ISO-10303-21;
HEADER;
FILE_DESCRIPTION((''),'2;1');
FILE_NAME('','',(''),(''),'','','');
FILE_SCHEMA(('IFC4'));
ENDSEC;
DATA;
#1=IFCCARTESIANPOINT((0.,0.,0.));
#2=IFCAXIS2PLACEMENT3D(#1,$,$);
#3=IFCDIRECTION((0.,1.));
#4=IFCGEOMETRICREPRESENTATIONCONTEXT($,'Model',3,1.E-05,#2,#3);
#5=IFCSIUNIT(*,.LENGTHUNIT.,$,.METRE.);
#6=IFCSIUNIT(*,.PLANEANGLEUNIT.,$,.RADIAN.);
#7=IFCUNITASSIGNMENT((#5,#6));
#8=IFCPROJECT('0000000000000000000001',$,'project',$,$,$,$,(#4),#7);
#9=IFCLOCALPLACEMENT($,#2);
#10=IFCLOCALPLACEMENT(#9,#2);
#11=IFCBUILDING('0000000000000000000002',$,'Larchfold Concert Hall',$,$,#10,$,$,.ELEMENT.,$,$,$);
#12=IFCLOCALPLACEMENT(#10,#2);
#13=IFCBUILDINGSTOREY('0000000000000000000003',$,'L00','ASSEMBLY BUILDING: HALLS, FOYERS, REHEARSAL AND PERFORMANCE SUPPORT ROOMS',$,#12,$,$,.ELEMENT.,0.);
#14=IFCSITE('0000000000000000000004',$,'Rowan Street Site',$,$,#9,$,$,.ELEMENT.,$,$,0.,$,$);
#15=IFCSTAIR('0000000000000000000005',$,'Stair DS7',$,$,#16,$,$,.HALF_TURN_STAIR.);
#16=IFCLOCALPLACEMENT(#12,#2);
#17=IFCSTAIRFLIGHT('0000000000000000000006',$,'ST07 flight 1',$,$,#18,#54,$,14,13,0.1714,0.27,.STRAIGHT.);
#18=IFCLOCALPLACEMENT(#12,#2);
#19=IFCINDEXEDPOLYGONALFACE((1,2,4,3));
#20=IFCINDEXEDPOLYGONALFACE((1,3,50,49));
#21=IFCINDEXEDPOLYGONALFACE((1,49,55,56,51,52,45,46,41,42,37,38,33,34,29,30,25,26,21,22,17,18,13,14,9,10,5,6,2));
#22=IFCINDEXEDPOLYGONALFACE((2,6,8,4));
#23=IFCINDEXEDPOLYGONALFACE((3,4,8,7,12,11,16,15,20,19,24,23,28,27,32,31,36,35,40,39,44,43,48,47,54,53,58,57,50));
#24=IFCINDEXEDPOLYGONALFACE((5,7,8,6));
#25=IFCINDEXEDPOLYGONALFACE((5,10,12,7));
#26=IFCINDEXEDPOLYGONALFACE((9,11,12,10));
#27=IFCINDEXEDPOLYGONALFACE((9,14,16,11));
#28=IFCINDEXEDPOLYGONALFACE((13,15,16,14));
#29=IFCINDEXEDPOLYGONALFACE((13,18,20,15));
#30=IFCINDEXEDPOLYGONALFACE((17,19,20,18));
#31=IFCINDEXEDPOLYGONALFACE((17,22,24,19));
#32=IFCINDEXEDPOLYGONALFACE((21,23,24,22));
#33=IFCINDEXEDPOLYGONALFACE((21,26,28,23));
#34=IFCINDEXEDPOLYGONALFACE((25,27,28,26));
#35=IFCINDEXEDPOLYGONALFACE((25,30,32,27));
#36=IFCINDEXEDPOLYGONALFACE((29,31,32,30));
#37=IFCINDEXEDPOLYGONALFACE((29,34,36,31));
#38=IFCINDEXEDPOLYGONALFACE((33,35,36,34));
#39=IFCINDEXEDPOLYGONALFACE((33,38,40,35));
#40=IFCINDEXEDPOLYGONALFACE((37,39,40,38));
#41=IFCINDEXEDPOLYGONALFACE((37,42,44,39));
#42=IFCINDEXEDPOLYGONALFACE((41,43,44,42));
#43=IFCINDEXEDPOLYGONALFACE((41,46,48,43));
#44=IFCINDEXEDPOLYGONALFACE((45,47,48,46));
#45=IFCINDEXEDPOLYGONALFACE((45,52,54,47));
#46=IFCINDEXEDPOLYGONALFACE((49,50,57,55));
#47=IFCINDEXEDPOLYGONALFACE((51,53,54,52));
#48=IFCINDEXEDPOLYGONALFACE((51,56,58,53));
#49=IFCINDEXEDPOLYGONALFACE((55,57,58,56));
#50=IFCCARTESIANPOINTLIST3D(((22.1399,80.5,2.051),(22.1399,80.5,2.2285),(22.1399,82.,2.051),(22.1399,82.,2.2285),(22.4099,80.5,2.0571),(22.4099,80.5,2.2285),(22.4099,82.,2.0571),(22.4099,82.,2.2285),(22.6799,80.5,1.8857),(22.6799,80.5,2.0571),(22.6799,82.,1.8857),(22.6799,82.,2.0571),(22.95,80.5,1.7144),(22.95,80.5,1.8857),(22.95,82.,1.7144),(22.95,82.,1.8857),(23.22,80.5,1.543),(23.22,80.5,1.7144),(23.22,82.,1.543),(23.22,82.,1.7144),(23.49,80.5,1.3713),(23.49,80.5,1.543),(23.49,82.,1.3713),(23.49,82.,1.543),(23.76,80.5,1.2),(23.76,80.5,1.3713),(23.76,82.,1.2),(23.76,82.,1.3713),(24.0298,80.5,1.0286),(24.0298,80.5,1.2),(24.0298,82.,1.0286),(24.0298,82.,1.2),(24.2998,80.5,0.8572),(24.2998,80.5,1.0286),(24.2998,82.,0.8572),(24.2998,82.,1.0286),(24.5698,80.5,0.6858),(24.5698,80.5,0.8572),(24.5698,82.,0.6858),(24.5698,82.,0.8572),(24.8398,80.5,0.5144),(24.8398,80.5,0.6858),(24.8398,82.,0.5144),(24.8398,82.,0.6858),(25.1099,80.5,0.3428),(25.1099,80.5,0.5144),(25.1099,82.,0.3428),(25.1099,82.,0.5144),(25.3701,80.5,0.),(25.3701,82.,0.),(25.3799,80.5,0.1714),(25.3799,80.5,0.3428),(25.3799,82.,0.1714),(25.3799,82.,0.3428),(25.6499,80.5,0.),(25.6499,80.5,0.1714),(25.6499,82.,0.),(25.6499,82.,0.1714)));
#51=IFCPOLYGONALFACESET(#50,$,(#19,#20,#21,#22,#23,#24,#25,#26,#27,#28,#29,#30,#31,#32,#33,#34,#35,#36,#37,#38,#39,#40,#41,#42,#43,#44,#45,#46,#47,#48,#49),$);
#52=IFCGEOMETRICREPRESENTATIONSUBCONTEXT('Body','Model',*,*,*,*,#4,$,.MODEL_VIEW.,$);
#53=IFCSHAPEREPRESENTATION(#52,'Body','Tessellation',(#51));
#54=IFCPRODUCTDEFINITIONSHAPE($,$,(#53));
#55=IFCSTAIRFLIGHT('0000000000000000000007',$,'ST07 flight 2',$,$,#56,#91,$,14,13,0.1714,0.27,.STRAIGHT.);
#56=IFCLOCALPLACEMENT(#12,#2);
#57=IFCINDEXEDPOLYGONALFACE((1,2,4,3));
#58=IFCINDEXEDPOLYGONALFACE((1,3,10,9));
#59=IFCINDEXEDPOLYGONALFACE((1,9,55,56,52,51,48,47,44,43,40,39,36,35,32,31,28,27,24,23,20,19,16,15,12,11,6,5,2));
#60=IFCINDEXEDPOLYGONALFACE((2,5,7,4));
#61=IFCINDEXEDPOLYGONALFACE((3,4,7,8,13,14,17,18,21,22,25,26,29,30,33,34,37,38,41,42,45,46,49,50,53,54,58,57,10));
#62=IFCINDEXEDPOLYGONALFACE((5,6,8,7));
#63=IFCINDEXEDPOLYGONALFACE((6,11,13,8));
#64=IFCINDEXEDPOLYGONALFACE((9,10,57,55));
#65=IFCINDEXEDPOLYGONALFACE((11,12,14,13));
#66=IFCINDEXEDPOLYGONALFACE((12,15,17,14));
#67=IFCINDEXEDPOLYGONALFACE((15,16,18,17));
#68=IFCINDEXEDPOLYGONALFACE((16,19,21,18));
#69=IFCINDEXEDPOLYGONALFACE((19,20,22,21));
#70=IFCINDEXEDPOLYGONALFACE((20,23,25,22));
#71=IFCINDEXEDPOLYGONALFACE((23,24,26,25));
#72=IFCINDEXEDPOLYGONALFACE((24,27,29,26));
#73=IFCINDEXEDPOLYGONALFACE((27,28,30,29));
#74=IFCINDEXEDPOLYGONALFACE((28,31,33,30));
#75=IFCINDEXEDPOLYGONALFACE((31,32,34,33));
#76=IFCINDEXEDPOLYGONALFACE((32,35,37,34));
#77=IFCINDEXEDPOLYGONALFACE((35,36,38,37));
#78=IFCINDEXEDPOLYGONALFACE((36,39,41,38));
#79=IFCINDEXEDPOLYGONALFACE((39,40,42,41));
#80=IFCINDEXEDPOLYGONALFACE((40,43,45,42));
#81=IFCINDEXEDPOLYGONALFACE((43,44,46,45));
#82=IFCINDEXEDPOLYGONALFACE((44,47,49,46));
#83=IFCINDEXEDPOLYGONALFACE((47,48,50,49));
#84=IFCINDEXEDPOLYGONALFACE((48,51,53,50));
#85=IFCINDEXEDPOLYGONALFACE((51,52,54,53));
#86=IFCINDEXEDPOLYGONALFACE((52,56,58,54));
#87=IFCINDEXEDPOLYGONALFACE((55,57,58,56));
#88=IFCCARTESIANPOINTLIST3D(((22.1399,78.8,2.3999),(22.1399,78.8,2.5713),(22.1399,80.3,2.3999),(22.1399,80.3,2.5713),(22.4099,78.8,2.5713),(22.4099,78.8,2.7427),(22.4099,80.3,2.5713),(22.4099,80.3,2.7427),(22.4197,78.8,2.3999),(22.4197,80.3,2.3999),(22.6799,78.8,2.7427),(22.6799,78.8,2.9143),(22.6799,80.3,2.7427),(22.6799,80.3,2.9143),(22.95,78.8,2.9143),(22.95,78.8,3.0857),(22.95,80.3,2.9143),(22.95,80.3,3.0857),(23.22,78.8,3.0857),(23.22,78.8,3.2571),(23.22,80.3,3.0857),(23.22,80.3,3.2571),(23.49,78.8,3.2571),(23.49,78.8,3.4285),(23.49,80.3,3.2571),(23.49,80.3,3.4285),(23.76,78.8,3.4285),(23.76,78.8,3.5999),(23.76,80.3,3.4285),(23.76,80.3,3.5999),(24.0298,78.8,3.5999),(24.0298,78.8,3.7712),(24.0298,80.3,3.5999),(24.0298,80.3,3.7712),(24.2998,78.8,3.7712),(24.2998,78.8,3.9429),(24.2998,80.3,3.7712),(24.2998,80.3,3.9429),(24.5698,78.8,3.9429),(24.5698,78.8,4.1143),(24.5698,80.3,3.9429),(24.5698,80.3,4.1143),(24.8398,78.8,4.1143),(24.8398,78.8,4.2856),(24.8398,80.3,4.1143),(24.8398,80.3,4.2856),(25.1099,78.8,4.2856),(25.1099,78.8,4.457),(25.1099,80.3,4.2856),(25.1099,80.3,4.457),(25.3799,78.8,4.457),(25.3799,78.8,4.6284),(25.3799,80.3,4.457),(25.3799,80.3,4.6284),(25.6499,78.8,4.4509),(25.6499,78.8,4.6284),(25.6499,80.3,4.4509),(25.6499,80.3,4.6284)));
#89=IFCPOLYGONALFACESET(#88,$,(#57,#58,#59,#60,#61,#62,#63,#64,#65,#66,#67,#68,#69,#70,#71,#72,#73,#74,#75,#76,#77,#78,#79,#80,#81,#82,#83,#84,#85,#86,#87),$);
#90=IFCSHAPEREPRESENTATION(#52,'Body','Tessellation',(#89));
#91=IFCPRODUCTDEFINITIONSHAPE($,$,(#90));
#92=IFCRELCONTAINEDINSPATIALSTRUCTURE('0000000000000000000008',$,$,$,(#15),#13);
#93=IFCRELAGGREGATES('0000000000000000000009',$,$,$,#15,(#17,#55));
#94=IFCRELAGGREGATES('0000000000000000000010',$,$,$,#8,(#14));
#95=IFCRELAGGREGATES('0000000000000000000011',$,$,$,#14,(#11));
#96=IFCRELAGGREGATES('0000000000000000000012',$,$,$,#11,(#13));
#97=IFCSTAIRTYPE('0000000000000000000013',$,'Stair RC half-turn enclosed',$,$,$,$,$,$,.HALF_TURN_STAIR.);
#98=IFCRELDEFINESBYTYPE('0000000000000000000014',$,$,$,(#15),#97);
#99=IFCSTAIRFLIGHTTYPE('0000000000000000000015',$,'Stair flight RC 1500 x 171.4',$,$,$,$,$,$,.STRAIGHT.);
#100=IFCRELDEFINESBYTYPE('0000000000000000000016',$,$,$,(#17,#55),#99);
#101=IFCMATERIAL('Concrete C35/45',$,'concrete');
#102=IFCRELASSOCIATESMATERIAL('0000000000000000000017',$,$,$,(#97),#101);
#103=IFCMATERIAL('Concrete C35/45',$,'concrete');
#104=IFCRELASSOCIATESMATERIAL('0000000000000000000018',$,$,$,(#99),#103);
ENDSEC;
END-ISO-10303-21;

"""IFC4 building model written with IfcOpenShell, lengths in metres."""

from ifc_helpers import new_model, si_unit, direction, frame, origin, place, context, subcontext, project, spatial, polyline, outline, extrude, material, type_object, element, aggregate, save


model = new_model("IFC4")

# Units and contexts
model_context = context("Model", 3, precision=1e-05, world=origin(), true_north=direction((0.0, 1.0)))
body_context = subcontext(model_context, "Body", "Model", "MODEL_VIEW")
ifc_project = project(units=[si_unit("LENGTHUNIT", "METRE"), si_unit("PLANEANGLEUNIT", "RADIAN")], contexts=[model_context])

# Site, building, storey
site_placement = place(None, origin())
site = spatial("IfcSite", under=ifc_project, at=site_placement, Name="Rowan Street Site", CompositionType="ELEMENT", RefElevation=0.0)
building_placement = place(site_placement, origin())
building = spatial("IfcBuilding", under=site, at=building_placement, Name="Larchfold Concert Hall", CompositionType="ELEMENT")
storey_placement = place(building_placement, origin())
storey = spatial("IfcBuildingStorey", under=building, at=storey_placement, Name="L00", Description="ASSEMBLY BUILDING: HALLS, FOYERS, REHEARSAL AND PERFORMANCE SUPPORT ROOMS", CompositionType="ELEMENT", Elevation=0.0)

# Shared definitions
ifc_material_1 = material(Name="Concrete C35/45", Category="concrete")
stair_type = type_object("IfcStairType", Name="Stair RC half-turn enclosed", PredefinedType="HALF_TURN_STAIR", material=ifc_material_1)

# Stair, stair flights
stair_1_placement = place(storey_placement, origin())
stair_1 = element("IfcStair", 1, at=stair_1_placement, inside=storey, type_object=stair_type, Name="Stair DS7", PredefinedType="HALF_TURN_STAIR")
ifc_material_2 = material(Name="Concrete C35/45", Category="concrete")
stair_flight_type_1 = type_object("IfcStairFlightType", Name="Stair flight RC 1500 x 171.4", PredefinedType="STRAIGHT", material=ifc_material_2)
stair_flight_1_placement = place(storey_placement, frame((25.6499, 81.25, 0.0), z_axis=(0.0, 0.0, 1.0), x_axis=(-1.0, 0.0, 0.0)))
stair_flight_1 = element("IfcStairFlight", 2, at=stair_flight_1_placement, type_object=stair_flight_type_1, Name="ST07 flight 1", NumberOfRisers=14, NumberOfTreads=13, PredefinedType="STRAIGHT", RiserHeight=0.1714, TreadLength=0.27, context=body_context, shape_type="SweptSolid", body=[
    extrude(outline(polyline([(0.0, 0.0), (0.0, 0.1714), (0.27, 0.1714), (0.27, 0.3428), (0.54, 0.3428), (0.54, 0.5144), (0.8101, 0.5144), (0.8101, 0.6858), (1.0801, 0.6858), (1.0801, 0.8572), (1.3501, 0.8572), (1.3501, 1.0286), (1.6201, 1.0286), (1.6201, 1.2), (1.8899, 1.2), (1.8899, 1.3713), (2.1599, 1.3713), (2.1599, 1.543), (2.4299, 1.543), (2.4299, 1.7144), (2.7, 1.7144), (2.7, 1.8857), (2.97, 1.8857), (2.97, 2.0571), (3.24, 2.0571), (3.24, 2.2285), (3.51, 2.2285), (3.51, 2.3999), (3.51, 2.051), (0.2798, 0.0), (0.0, 0.0)])), frame((0.0, 0.75, 0.0), z_axis=(0.0, -1.0, 0.0), x_axis=(1.0, 0.0, 0.0)), (0.0, 0.0, 1.0), 1.5),
])
stair_flight_2_placement = place(storey_placement, frame((22.1399, 79.55, 2.3999), z_axis=(0.0, 0.0, 1.0), x_axis=(1.0, 0.0, 0.0)))
stair_flight_2 = element("IfcStairFlight", 3, at=stair_flight_2_placement, type_object=stair_flight_type_1, Name="ST07 flight 2", NumberOfRisers=14, NumberOfTreads=13, PredefinedType="STRAIGHT", RiserHeight=0.1714, TreadLength=0.27, context=body_context, shape_type="SweptSolid", body=[
    extrude(outline(polyline([(0.0, 0.0), (0.0, 0.1714), (0.27, 0.1714), (0.27, 0.3428), (0.54, 0.3428), (0.54, 0.5144), (0.8101, 0.5144), (0.8101, 0.6858), (1.0801, 0.6858), (1.0801, 0.8572), (1.3501, 0.8572), (1.3501, 1.0286), (1.6201, 1.0286), (1.6201, 1.2), (1.8899, 1.2), (1.8899, 1.3713), (2.1599, 1.3713), (2.1599, 1.543), (2.4299, 1.543), (2.4299, 1.7144), (2.7, 1.7144), (2.7, 1.8857), (2.97, 1.8857), (2.97, 2.0571), (3.24, 2.0571), (3.24, 2.2285), (3.51, 2.2285), (3.51, 2.3999), (3.51, 2.051), (0.2798, 0.0), (0.0, 0.0)])), frame((0.0, 0.75, 0.0), z_axis=(0.0, -1.0, 0.0), x_axis=(1.0, 0.0, 0.0)), (0.0, 0.0, 1.0), 1.5),
])
aggregate(stair_1, [stair_flight_1, stair_flight_2])

save(model, "model.ifc")
